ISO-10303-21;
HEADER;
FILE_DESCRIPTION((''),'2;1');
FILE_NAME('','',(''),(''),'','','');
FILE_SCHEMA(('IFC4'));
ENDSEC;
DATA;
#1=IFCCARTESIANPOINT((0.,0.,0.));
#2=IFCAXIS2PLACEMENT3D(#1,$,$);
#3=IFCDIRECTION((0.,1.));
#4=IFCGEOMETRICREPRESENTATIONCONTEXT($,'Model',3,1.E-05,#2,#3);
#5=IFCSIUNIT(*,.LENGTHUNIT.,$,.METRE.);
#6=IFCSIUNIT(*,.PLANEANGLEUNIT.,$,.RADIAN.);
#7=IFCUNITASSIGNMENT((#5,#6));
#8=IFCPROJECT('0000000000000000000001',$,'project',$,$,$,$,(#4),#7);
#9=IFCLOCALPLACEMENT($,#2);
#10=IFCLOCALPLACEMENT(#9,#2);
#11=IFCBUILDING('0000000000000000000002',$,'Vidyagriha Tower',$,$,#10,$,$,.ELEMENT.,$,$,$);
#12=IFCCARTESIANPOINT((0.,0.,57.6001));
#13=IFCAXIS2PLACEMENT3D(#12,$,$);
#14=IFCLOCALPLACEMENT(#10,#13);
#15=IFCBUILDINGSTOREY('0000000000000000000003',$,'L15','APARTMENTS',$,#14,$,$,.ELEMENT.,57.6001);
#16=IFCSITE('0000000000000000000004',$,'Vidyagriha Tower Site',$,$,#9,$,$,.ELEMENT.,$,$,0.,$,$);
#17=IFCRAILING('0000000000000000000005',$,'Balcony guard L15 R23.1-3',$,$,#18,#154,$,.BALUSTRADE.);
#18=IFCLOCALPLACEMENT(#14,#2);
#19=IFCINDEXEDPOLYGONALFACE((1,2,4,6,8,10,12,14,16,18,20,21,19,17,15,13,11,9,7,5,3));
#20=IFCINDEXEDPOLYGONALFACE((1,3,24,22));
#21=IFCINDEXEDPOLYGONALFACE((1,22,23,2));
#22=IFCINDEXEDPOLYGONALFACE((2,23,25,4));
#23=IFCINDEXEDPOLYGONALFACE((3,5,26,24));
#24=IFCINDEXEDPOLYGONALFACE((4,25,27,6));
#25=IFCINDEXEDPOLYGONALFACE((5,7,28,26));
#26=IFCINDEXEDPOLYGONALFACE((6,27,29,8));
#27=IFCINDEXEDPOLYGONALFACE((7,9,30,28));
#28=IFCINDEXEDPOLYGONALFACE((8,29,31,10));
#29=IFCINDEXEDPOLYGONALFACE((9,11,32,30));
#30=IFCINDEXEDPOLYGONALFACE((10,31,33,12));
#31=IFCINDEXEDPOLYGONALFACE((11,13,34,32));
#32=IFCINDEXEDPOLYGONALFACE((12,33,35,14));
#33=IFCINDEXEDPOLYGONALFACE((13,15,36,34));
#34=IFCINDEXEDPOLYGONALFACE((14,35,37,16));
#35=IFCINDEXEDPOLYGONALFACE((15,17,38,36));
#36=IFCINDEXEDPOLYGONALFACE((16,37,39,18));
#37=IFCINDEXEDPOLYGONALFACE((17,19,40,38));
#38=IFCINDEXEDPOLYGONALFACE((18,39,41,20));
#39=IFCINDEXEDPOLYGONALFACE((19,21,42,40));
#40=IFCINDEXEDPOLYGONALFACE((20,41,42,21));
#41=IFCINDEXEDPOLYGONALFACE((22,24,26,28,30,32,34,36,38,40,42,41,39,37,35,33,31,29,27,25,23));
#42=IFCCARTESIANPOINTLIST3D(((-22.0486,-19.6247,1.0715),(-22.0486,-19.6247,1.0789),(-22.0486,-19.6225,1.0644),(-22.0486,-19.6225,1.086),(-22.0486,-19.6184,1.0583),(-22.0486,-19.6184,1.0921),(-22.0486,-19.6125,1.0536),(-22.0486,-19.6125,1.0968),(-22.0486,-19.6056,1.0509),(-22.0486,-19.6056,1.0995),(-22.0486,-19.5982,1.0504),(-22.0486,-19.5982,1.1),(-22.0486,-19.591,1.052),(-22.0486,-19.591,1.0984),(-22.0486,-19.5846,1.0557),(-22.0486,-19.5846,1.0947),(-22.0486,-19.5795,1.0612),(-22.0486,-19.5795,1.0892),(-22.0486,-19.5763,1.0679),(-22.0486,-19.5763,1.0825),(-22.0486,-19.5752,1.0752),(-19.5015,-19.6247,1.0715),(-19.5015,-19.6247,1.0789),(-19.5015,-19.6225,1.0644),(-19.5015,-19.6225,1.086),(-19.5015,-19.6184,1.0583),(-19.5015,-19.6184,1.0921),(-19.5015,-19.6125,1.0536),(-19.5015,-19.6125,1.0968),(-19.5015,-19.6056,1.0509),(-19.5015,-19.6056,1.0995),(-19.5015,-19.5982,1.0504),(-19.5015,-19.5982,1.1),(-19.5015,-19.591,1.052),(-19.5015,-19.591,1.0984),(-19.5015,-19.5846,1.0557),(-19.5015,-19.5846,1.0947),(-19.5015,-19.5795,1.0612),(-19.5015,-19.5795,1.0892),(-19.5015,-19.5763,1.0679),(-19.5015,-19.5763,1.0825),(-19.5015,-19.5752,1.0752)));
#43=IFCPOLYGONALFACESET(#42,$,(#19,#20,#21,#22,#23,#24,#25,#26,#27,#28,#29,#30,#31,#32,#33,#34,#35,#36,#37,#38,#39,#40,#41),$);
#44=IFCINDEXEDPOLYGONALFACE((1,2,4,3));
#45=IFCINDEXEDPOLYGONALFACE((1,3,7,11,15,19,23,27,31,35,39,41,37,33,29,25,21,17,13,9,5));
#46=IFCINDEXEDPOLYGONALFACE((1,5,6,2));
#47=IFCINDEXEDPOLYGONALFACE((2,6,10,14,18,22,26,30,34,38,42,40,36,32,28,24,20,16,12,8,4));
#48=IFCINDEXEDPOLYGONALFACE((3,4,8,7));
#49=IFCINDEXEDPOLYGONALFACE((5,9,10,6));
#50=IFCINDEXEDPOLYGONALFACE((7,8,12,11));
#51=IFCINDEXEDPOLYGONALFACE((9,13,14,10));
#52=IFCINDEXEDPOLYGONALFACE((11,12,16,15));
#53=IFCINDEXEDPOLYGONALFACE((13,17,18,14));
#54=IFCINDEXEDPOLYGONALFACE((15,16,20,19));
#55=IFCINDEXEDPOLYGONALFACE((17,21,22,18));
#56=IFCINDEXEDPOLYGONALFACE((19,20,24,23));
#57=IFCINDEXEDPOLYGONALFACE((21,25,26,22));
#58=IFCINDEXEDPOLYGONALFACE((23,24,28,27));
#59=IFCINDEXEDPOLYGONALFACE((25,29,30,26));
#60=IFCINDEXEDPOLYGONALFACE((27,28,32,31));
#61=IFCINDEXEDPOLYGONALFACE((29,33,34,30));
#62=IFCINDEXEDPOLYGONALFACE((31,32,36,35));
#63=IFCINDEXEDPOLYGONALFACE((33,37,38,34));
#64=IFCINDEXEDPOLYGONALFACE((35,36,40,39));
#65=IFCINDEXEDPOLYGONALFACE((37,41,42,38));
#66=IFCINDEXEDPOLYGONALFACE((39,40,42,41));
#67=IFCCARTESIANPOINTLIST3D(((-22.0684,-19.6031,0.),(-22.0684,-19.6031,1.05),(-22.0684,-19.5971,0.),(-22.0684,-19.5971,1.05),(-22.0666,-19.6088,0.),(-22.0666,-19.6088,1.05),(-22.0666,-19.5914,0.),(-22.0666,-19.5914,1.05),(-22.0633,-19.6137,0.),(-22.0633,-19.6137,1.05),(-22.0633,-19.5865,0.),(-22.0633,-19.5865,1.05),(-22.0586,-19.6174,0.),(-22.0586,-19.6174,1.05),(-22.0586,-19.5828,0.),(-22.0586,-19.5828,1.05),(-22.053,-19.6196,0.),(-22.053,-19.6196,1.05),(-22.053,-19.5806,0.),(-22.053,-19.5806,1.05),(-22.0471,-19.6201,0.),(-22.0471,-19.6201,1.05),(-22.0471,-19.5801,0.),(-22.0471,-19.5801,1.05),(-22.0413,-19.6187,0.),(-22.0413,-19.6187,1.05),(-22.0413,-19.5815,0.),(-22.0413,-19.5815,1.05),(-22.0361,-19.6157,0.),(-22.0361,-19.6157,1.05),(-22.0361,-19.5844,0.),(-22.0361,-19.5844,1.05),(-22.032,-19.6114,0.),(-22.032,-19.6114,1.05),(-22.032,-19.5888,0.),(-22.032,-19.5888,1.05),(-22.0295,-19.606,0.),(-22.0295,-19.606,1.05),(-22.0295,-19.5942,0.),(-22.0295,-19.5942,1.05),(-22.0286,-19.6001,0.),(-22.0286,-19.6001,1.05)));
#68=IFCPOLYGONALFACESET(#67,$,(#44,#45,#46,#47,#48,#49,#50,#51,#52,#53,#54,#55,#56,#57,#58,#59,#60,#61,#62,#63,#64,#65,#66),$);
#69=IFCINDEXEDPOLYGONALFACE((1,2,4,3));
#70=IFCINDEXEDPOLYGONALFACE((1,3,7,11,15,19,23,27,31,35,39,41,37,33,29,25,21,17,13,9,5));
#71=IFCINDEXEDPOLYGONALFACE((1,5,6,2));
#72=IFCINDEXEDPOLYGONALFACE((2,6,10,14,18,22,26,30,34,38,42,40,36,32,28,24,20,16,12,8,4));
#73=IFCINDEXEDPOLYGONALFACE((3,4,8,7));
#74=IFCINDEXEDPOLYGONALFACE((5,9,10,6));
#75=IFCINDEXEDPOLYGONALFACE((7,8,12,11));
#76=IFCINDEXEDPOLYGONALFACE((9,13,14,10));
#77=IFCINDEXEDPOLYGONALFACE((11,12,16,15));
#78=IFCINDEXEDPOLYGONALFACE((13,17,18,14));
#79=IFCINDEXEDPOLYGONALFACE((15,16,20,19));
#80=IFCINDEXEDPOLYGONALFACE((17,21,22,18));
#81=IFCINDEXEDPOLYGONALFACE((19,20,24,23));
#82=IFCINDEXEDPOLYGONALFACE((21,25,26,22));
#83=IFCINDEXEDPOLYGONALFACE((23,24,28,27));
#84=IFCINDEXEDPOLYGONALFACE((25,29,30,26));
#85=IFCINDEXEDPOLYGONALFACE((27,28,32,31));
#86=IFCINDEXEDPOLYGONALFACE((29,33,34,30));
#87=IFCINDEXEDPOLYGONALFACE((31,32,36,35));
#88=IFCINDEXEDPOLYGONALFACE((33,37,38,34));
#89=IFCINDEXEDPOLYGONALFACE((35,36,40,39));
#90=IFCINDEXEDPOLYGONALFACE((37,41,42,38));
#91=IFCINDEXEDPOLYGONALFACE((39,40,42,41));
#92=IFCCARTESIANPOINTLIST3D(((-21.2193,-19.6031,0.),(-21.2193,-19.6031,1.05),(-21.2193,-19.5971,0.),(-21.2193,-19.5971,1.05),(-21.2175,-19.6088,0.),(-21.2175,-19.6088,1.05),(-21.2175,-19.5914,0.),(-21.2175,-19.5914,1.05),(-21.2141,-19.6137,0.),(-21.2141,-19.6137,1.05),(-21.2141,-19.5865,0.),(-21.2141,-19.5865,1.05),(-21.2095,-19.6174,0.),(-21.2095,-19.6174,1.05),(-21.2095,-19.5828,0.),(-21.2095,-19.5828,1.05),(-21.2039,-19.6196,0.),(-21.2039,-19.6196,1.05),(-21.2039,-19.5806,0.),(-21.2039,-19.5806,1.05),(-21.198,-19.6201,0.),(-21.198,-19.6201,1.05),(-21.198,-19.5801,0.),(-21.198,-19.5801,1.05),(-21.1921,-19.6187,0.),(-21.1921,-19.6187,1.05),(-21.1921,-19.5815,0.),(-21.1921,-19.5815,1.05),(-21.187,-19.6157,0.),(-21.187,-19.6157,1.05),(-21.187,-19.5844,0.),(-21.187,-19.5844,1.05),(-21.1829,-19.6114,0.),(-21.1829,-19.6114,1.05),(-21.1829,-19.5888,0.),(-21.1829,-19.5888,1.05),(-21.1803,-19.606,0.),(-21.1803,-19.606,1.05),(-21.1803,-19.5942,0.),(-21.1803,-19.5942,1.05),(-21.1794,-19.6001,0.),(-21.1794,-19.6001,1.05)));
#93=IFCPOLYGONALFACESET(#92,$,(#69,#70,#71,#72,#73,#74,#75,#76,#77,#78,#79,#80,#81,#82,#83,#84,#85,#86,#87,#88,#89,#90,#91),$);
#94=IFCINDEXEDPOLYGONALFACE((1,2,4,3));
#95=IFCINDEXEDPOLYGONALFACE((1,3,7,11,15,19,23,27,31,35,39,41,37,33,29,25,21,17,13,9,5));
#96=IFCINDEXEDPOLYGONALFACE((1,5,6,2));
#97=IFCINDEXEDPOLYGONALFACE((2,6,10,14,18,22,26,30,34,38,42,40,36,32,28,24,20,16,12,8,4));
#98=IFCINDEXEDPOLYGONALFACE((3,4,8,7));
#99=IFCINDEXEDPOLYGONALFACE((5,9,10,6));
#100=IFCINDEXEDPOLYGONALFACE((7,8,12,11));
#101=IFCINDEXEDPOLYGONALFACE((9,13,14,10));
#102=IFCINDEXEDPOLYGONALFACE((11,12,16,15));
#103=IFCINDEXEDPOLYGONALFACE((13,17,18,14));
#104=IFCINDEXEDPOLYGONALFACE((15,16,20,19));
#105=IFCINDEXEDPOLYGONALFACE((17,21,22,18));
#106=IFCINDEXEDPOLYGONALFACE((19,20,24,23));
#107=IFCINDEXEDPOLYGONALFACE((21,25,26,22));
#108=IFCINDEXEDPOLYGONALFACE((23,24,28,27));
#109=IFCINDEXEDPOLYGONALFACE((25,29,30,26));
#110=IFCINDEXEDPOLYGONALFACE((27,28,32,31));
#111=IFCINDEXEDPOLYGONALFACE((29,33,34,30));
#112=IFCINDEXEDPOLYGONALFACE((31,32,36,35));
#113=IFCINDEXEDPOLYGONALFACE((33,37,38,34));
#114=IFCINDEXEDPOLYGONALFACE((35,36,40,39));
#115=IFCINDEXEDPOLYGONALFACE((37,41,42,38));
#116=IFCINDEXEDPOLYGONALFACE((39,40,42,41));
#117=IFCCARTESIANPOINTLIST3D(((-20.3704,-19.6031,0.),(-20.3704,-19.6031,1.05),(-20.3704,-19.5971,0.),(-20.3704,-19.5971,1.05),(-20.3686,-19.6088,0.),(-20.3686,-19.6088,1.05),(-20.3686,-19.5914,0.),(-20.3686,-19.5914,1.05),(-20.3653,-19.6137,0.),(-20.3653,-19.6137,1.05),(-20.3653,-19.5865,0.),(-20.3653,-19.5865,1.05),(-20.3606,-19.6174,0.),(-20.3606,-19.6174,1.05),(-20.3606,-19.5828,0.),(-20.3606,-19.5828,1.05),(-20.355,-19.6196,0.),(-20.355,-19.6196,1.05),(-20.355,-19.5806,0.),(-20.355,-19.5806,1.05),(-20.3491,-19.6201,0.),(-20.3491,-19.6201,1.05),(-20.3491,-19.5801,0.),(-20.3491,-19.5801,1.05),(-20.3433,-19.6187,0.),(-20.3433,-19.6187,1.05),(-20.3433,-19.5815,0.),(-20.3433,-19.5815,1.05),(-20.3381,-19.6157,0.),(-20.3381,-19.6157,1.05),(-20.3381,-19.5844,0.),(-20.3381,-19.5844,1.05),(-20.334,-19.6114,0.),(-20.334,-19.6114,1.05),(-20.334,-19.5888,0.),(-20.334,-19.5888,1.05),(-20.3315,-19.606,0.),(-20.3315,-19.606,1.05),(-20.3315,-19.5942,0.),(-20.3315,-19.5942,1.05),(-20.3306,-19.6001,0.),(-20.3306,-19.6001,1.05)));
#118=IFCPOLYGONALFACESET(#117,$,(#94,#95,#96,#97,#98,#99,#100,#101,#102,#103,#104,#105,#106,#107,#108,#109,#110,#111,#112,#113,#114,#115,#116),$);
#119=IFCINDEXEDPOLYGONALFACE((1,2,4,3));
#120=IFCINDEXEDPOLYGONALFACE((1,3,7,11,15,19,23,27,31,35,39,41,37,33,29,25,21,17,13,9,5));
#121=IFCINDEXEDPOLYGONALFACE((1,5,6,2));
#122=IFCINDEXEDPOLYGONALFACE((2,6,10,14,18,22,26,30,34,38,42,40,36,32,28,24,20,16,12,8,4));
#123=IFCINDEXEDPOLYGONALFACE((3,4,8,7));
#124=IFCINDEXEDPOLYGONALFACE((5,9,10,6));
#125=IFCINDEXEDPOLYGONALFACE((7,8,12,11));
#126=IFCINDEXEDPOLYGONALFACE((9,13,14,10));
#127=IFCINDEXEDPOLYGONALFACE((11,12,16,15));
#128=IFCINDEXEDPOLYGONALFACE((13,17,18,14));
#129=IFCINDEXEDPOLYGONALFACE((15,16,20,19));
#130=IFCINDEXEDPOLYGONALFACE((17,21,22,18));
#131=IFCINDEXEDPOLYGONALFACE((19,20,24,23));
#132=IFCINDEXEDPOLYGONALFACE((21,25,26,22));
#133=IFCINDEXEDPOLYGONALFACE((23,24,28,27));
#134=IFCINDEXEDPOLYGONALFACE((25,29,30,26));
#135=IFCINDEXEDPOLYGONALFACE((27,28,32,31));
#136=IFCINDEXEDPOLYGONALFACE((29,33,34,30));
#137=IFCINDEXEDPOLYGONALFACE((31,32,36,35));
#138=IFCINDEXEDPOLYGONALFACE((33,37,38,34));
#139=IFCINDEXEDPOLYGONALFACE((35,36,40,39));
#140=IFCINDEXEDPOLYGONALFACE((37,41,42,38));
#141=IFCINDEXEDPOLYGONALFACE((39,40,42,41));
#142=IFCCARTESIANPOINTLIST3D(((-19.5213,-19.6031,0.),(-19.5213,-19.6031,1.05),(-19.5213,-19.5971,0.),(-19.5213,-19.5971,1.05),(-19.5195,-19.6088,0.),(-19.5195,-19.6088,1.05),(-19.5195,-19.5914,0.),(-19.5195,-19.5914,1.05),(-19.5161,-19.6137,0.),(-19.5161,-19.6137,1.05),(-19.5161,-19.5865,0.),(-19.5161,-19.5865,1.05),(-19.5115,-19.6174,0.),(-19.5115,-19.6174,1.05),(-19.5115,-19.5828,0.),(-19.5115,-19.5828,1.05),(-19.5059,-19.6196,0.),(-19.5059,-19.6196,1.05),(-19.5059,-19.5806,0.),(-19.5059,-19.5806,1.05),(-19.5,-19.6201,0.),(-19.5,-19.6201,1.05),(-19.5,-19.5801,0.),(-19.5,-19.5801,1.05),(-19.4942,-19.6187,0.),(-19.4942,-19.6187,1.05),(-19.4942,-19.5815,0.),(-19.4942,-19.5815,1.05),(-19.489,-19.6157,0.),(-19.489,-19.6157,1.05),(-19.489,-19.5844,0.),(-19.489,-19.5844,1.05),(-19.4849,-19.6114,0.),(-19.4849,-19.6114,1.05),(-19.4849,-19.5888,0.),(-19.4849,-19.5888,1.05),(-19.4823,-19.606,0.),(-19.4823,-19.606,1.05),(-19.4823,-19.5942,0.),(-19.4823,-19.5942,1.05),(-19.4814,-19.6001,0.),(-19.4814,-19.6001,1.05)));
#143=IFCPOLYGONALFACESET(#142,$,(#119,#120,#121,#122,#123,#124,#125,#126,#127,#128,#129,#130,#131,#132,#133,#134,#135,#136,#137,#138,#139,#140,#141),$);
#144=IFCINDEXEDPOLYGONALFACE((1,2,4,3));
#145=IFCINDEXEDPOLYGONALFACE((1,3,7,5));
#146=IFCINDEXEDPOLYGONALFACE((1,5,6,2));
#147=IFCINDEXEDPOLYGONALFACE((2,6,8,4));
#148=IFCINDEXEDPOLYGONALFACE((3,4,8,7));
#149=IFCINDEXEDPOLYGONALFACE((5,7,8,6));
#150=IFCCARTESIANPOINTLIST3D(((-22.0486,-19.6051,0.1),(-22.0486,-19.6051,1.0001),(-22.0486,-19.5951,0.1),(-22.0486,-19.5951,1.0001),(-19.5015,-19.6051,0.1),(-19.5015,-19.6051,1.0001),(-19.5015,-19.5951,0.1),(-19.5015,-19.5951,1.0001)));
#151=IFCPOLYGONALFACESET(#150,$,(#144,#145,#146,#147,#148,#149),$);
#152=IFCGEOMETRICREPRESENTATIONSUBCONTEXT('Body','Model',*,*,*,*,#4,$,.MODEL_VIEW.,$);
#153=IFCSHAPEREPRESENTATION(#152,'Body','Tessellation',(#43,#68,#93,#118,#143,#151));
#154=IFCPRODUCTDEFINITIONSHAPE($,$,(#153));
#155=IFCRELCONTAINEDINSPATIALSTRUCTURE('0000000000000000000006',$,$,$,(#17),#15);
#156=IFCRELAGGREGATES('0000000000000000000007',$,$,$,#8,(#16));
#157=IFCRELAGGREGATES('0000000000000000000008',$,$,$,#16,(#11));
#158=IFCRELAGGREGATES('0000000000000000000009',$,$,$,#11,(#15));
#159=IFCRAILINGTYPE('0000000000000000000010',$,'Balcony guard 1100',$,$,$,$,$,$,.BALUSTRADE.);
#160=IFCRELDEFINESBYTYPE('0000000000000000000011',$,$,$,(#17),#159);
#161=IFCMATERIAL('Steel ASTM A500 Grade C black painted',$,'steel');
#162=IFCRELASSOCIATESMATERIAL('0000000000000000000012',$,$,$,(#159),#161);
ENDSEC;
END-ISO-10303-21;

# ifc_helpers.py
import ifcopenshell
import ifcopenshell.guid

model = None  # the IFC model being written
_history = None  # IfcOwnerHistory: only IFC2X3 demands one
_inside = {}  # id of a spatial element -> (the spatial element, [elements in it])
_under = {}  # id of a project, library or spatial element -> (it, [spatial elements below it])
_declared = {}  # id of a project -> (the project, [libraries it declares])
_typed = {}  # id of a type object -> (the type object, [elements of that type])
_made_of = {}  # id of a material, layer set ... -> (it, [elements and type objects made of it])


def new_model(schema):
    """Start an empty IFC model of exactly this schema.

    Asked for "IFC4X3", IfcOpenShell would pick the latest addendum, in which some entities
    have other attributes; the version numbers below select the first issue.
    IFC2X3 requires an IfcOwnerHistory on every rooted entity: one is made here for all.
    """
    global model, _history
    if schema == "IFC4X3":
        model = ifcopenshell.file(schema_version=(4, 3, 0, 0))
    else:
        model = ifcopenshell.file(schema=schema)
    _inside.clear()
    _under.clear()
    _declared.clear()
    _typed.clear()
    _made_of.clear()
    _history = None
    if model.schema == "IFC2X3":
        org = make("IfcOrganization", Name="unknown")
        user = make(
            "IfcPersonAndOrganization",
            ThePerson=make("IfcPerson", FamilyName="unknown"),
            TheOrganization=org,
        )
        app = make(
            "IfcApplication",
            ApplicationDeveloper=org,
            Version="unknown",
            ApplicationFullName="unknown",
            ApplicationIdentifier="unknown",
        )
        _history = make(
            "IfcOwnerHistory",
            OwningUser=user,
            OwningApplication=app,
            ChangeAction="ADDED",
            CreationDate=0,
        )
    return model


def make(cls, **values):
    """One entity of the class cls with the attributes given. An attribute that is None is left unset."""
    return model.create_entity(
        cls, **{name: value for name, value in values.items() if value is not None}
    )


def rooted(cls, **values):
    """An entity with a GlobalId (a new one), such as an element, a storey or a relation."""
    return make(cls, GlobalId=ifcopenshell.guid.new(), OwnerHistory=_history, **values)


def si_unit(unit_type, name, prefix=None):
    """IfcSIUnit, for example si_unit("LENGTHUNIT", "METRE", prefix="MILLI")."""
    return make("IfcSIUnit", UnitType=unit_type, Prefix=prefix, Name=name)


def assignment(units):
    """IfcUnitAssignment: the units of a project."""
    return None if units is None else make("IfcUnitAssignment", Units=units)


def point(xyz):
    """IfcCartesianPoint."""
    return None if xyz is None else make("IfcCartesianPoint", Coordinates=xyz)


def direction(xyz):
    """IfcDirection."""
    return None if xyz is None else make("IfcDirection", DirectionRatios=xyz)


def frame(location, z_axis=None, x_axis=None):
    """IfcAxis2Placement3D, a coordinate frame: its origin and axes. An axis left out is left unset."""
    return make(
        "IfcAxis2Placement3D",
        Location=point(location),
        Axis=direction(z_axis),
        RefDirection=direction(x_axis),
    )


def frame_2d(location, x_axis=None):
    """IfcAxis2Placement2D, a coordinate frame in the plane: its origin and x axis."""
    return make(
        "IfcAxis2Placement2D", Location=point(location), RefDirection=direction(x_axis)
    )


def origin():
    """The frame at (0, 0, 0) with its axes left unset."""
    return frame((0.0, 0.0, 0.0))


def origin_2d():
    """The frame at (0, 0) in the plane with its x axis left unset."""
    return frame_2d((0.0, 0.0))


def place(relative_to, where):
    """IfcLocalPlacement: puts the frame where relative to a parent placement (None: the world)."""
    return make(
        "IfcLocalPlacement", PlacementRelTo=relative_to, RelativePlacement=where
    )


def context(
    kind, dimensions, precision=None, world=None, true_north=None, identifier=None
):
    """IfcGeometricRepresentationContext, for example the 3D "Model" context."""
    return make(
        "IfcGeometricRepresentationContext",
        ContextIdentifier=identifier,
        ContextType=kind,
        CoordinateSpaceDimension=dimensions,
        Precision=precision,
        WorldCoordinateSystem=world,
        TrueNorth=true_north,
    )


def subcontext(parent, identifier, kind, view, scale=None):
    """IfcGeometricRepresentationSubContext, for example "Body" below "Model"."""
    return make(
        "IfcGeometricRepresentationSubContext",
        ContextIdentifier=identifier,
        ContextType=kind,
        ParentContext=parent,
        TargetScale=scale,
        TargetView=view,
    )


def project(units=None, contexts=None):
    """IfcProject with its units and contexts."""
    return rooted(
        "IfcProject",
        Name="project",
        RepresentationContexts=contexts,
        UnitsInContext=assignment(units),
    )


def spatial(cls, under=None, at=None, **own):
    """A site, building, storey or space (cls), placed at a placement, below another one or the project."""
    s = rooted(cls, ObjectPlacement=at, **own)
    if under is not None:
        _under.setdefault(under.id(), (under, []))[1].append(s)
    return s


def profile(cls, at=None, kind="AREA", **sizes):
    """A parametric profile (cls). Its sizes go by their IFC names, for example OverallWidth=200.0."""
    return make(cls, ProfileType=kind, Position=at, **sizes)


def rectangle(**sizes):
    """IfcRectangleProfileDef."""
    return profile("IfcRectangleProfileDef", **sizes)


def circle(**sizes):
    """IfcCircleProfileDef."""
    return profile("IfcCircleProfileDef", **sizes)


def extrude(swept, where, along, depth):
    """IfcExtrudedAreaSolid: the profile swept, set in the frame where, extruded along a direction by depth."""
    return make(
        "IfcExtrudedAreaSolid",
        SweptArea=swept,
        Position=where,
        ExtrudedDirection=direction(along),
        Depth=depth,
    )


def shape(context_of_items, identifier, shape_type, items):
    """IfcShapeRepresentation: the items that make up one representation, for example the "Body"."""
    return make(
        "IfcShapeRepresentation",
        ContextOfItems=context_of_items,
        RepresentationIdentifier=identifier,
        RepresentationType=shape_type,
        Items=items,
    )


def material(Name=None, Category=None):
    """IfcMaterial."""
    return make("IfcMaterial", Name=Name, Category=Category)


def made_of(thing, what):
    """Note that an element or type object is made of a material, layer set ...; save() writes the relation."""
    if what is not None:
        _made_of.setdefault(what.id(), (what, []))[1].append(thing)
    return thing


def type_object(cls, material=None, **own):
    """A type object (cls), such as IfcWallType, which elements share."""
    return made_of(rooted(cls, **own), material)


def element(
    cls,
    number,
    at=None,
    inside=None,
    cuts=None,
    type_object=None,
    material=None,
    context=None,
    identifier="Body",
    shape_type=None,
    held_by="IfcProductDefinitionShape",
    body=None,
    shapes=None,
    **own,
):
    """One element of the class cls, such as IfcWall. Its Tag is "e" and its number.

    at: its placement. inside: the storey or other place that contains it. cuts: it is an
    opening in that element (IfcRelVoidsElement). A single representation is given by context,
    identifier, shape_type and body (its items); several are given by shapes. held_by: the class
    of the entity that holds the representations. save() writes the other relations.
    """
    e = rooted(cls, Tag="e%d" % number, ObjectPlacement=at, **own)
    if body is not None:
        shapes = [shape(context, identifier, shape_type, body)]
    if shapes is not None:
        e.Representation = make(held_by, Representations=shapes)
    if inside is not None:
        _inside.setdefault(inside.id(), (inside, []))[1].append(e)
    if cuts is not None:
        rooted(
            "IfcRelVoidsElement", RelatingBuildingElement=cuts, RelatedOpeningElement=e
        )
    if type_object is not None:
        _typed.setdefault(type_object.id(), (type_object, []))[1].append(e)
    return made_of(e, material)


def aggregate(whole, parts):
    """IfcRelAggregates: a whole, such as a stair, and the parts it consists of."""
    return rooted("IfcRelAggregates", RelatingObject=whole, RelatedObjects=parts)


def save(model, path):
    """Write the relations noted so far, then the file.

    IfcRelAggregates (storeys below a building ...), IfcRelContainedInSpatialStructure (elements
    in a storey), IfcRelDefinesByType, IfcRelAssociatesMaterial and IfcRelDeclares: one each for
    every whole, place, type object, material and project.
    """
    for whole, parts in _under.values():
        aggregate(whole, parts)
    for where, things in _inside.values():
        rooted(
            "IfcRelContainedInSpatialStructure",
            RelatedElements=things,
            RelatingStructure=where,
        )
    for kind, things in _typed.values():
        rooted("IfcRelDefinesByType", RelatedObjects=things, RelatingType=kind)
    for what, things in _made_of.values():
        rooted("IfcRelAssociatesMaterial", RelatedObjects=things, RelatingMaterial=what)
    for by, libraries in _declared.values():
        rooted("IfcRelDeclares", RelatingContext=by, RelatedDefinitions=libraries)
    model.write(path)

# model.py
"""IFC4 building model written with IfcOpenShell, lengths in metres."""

from ifc_helpers import new_model, si_unit, direction, frame, origin, origin_2d, place, context, subcontext, project, spatial, rectangle, circle, extrude, material, type_object, element, save


model = new_model("IFC4")

# Units and contexts
model_context = context("Model", 3, precision=1e-05, world=origin(), true_north=direction((0.0, 1.0)))
body_context = subcontext(model_context, "Body", "Model", "MODEL_VIEW")
ifc_project = project(units=[si_unit("LENGTHUNIT", "METRE"), si_unit("PLANEANGLEUNIT", "RADIAN")], contexts=[model_context])

# Site, building, storey
site_placement = place(None, origin())
site = spatial("IfcSite", under=ifc_project, at=site_placement, Name="Vidyagriha Tower Site", CompositionType="ELEMENT", RefElevation=0.0)
building_placement = place(site_placement, origin())
building = spatial("IfcBuilding", under=site, at=building_placement, Name="Vidyagriha Tower", CompositionType="ELEMENT")
storey_placement = place(building_placement, frame((0.0, 0.0, 57.6001)))
storey = spatial("IfcBuildingStorey", under=building, at=storey_placement, Name="L15", Description="APARTMENTS", CompositionType="ELEMENT", Elevation=57.6001)

# Railing
ifc_material_1 = material(Name="Steel ASTM A500 Grade C black painted", Category="steel")
railing_type = type_object("IfcRailingType", Name="Balcony guard 1100", PredefinedType="BALUSTRADE", material=ifc_material_1)
railing_1_placement = place(storey_placement, frame((-22.0486, -19.6001, 0.0)))
element("IfcRailing", 1, at=railing_1_placement, inside=storey, type_object=railing_type, Name="Balcony guard L15 R23.1-3", PredefinedType="BALUSTRADE", context=body_context, shape_type="SweptSolid", body=[
    extrude(circle(Radius=0.0249, at=origin_2d()), frame((0.0, 0.0, 1.0752), z_axis=(1.0, 0.0, 0.0), x_axis=(0.0, 1.0, 0.0)), (0.0, 0.0, 1.0), 2.5471),
    extrude(circle(Radius=0.02, at=origin_2d()), origin(), (0.0, 0.0, 1.0), 1.05),
    extrude(circle(Radius=0.02, at=origin_2d()), frame((0.8491, 0.0, 0.0)), (0.0, 0.0, 1.0), 1.05),
    extrude(circle(Radius=0.02, at=origin_2d()), frame((1.698, 0.0, 0.0)), (0.0, 0.0, 1.0), 1.05),
    extrude(circle(Radius=0.02, at=origin_2d()), frame((2.5471, 0.0, 0.0)), (0.0, 0.0, 1.0), 1.05),
    extrude(rectangle(XDim=0.01, YDim=0.9001, at=origin_2d()), frame((0.0, 0.0, 0.55), z_axis=(1.0, 0.0, 0.0), x_axis=(0.0, 1.0, 0.0)), (0.0, 0.0, 1.0), 2.5471),
])

save(model, "model.ifc")
